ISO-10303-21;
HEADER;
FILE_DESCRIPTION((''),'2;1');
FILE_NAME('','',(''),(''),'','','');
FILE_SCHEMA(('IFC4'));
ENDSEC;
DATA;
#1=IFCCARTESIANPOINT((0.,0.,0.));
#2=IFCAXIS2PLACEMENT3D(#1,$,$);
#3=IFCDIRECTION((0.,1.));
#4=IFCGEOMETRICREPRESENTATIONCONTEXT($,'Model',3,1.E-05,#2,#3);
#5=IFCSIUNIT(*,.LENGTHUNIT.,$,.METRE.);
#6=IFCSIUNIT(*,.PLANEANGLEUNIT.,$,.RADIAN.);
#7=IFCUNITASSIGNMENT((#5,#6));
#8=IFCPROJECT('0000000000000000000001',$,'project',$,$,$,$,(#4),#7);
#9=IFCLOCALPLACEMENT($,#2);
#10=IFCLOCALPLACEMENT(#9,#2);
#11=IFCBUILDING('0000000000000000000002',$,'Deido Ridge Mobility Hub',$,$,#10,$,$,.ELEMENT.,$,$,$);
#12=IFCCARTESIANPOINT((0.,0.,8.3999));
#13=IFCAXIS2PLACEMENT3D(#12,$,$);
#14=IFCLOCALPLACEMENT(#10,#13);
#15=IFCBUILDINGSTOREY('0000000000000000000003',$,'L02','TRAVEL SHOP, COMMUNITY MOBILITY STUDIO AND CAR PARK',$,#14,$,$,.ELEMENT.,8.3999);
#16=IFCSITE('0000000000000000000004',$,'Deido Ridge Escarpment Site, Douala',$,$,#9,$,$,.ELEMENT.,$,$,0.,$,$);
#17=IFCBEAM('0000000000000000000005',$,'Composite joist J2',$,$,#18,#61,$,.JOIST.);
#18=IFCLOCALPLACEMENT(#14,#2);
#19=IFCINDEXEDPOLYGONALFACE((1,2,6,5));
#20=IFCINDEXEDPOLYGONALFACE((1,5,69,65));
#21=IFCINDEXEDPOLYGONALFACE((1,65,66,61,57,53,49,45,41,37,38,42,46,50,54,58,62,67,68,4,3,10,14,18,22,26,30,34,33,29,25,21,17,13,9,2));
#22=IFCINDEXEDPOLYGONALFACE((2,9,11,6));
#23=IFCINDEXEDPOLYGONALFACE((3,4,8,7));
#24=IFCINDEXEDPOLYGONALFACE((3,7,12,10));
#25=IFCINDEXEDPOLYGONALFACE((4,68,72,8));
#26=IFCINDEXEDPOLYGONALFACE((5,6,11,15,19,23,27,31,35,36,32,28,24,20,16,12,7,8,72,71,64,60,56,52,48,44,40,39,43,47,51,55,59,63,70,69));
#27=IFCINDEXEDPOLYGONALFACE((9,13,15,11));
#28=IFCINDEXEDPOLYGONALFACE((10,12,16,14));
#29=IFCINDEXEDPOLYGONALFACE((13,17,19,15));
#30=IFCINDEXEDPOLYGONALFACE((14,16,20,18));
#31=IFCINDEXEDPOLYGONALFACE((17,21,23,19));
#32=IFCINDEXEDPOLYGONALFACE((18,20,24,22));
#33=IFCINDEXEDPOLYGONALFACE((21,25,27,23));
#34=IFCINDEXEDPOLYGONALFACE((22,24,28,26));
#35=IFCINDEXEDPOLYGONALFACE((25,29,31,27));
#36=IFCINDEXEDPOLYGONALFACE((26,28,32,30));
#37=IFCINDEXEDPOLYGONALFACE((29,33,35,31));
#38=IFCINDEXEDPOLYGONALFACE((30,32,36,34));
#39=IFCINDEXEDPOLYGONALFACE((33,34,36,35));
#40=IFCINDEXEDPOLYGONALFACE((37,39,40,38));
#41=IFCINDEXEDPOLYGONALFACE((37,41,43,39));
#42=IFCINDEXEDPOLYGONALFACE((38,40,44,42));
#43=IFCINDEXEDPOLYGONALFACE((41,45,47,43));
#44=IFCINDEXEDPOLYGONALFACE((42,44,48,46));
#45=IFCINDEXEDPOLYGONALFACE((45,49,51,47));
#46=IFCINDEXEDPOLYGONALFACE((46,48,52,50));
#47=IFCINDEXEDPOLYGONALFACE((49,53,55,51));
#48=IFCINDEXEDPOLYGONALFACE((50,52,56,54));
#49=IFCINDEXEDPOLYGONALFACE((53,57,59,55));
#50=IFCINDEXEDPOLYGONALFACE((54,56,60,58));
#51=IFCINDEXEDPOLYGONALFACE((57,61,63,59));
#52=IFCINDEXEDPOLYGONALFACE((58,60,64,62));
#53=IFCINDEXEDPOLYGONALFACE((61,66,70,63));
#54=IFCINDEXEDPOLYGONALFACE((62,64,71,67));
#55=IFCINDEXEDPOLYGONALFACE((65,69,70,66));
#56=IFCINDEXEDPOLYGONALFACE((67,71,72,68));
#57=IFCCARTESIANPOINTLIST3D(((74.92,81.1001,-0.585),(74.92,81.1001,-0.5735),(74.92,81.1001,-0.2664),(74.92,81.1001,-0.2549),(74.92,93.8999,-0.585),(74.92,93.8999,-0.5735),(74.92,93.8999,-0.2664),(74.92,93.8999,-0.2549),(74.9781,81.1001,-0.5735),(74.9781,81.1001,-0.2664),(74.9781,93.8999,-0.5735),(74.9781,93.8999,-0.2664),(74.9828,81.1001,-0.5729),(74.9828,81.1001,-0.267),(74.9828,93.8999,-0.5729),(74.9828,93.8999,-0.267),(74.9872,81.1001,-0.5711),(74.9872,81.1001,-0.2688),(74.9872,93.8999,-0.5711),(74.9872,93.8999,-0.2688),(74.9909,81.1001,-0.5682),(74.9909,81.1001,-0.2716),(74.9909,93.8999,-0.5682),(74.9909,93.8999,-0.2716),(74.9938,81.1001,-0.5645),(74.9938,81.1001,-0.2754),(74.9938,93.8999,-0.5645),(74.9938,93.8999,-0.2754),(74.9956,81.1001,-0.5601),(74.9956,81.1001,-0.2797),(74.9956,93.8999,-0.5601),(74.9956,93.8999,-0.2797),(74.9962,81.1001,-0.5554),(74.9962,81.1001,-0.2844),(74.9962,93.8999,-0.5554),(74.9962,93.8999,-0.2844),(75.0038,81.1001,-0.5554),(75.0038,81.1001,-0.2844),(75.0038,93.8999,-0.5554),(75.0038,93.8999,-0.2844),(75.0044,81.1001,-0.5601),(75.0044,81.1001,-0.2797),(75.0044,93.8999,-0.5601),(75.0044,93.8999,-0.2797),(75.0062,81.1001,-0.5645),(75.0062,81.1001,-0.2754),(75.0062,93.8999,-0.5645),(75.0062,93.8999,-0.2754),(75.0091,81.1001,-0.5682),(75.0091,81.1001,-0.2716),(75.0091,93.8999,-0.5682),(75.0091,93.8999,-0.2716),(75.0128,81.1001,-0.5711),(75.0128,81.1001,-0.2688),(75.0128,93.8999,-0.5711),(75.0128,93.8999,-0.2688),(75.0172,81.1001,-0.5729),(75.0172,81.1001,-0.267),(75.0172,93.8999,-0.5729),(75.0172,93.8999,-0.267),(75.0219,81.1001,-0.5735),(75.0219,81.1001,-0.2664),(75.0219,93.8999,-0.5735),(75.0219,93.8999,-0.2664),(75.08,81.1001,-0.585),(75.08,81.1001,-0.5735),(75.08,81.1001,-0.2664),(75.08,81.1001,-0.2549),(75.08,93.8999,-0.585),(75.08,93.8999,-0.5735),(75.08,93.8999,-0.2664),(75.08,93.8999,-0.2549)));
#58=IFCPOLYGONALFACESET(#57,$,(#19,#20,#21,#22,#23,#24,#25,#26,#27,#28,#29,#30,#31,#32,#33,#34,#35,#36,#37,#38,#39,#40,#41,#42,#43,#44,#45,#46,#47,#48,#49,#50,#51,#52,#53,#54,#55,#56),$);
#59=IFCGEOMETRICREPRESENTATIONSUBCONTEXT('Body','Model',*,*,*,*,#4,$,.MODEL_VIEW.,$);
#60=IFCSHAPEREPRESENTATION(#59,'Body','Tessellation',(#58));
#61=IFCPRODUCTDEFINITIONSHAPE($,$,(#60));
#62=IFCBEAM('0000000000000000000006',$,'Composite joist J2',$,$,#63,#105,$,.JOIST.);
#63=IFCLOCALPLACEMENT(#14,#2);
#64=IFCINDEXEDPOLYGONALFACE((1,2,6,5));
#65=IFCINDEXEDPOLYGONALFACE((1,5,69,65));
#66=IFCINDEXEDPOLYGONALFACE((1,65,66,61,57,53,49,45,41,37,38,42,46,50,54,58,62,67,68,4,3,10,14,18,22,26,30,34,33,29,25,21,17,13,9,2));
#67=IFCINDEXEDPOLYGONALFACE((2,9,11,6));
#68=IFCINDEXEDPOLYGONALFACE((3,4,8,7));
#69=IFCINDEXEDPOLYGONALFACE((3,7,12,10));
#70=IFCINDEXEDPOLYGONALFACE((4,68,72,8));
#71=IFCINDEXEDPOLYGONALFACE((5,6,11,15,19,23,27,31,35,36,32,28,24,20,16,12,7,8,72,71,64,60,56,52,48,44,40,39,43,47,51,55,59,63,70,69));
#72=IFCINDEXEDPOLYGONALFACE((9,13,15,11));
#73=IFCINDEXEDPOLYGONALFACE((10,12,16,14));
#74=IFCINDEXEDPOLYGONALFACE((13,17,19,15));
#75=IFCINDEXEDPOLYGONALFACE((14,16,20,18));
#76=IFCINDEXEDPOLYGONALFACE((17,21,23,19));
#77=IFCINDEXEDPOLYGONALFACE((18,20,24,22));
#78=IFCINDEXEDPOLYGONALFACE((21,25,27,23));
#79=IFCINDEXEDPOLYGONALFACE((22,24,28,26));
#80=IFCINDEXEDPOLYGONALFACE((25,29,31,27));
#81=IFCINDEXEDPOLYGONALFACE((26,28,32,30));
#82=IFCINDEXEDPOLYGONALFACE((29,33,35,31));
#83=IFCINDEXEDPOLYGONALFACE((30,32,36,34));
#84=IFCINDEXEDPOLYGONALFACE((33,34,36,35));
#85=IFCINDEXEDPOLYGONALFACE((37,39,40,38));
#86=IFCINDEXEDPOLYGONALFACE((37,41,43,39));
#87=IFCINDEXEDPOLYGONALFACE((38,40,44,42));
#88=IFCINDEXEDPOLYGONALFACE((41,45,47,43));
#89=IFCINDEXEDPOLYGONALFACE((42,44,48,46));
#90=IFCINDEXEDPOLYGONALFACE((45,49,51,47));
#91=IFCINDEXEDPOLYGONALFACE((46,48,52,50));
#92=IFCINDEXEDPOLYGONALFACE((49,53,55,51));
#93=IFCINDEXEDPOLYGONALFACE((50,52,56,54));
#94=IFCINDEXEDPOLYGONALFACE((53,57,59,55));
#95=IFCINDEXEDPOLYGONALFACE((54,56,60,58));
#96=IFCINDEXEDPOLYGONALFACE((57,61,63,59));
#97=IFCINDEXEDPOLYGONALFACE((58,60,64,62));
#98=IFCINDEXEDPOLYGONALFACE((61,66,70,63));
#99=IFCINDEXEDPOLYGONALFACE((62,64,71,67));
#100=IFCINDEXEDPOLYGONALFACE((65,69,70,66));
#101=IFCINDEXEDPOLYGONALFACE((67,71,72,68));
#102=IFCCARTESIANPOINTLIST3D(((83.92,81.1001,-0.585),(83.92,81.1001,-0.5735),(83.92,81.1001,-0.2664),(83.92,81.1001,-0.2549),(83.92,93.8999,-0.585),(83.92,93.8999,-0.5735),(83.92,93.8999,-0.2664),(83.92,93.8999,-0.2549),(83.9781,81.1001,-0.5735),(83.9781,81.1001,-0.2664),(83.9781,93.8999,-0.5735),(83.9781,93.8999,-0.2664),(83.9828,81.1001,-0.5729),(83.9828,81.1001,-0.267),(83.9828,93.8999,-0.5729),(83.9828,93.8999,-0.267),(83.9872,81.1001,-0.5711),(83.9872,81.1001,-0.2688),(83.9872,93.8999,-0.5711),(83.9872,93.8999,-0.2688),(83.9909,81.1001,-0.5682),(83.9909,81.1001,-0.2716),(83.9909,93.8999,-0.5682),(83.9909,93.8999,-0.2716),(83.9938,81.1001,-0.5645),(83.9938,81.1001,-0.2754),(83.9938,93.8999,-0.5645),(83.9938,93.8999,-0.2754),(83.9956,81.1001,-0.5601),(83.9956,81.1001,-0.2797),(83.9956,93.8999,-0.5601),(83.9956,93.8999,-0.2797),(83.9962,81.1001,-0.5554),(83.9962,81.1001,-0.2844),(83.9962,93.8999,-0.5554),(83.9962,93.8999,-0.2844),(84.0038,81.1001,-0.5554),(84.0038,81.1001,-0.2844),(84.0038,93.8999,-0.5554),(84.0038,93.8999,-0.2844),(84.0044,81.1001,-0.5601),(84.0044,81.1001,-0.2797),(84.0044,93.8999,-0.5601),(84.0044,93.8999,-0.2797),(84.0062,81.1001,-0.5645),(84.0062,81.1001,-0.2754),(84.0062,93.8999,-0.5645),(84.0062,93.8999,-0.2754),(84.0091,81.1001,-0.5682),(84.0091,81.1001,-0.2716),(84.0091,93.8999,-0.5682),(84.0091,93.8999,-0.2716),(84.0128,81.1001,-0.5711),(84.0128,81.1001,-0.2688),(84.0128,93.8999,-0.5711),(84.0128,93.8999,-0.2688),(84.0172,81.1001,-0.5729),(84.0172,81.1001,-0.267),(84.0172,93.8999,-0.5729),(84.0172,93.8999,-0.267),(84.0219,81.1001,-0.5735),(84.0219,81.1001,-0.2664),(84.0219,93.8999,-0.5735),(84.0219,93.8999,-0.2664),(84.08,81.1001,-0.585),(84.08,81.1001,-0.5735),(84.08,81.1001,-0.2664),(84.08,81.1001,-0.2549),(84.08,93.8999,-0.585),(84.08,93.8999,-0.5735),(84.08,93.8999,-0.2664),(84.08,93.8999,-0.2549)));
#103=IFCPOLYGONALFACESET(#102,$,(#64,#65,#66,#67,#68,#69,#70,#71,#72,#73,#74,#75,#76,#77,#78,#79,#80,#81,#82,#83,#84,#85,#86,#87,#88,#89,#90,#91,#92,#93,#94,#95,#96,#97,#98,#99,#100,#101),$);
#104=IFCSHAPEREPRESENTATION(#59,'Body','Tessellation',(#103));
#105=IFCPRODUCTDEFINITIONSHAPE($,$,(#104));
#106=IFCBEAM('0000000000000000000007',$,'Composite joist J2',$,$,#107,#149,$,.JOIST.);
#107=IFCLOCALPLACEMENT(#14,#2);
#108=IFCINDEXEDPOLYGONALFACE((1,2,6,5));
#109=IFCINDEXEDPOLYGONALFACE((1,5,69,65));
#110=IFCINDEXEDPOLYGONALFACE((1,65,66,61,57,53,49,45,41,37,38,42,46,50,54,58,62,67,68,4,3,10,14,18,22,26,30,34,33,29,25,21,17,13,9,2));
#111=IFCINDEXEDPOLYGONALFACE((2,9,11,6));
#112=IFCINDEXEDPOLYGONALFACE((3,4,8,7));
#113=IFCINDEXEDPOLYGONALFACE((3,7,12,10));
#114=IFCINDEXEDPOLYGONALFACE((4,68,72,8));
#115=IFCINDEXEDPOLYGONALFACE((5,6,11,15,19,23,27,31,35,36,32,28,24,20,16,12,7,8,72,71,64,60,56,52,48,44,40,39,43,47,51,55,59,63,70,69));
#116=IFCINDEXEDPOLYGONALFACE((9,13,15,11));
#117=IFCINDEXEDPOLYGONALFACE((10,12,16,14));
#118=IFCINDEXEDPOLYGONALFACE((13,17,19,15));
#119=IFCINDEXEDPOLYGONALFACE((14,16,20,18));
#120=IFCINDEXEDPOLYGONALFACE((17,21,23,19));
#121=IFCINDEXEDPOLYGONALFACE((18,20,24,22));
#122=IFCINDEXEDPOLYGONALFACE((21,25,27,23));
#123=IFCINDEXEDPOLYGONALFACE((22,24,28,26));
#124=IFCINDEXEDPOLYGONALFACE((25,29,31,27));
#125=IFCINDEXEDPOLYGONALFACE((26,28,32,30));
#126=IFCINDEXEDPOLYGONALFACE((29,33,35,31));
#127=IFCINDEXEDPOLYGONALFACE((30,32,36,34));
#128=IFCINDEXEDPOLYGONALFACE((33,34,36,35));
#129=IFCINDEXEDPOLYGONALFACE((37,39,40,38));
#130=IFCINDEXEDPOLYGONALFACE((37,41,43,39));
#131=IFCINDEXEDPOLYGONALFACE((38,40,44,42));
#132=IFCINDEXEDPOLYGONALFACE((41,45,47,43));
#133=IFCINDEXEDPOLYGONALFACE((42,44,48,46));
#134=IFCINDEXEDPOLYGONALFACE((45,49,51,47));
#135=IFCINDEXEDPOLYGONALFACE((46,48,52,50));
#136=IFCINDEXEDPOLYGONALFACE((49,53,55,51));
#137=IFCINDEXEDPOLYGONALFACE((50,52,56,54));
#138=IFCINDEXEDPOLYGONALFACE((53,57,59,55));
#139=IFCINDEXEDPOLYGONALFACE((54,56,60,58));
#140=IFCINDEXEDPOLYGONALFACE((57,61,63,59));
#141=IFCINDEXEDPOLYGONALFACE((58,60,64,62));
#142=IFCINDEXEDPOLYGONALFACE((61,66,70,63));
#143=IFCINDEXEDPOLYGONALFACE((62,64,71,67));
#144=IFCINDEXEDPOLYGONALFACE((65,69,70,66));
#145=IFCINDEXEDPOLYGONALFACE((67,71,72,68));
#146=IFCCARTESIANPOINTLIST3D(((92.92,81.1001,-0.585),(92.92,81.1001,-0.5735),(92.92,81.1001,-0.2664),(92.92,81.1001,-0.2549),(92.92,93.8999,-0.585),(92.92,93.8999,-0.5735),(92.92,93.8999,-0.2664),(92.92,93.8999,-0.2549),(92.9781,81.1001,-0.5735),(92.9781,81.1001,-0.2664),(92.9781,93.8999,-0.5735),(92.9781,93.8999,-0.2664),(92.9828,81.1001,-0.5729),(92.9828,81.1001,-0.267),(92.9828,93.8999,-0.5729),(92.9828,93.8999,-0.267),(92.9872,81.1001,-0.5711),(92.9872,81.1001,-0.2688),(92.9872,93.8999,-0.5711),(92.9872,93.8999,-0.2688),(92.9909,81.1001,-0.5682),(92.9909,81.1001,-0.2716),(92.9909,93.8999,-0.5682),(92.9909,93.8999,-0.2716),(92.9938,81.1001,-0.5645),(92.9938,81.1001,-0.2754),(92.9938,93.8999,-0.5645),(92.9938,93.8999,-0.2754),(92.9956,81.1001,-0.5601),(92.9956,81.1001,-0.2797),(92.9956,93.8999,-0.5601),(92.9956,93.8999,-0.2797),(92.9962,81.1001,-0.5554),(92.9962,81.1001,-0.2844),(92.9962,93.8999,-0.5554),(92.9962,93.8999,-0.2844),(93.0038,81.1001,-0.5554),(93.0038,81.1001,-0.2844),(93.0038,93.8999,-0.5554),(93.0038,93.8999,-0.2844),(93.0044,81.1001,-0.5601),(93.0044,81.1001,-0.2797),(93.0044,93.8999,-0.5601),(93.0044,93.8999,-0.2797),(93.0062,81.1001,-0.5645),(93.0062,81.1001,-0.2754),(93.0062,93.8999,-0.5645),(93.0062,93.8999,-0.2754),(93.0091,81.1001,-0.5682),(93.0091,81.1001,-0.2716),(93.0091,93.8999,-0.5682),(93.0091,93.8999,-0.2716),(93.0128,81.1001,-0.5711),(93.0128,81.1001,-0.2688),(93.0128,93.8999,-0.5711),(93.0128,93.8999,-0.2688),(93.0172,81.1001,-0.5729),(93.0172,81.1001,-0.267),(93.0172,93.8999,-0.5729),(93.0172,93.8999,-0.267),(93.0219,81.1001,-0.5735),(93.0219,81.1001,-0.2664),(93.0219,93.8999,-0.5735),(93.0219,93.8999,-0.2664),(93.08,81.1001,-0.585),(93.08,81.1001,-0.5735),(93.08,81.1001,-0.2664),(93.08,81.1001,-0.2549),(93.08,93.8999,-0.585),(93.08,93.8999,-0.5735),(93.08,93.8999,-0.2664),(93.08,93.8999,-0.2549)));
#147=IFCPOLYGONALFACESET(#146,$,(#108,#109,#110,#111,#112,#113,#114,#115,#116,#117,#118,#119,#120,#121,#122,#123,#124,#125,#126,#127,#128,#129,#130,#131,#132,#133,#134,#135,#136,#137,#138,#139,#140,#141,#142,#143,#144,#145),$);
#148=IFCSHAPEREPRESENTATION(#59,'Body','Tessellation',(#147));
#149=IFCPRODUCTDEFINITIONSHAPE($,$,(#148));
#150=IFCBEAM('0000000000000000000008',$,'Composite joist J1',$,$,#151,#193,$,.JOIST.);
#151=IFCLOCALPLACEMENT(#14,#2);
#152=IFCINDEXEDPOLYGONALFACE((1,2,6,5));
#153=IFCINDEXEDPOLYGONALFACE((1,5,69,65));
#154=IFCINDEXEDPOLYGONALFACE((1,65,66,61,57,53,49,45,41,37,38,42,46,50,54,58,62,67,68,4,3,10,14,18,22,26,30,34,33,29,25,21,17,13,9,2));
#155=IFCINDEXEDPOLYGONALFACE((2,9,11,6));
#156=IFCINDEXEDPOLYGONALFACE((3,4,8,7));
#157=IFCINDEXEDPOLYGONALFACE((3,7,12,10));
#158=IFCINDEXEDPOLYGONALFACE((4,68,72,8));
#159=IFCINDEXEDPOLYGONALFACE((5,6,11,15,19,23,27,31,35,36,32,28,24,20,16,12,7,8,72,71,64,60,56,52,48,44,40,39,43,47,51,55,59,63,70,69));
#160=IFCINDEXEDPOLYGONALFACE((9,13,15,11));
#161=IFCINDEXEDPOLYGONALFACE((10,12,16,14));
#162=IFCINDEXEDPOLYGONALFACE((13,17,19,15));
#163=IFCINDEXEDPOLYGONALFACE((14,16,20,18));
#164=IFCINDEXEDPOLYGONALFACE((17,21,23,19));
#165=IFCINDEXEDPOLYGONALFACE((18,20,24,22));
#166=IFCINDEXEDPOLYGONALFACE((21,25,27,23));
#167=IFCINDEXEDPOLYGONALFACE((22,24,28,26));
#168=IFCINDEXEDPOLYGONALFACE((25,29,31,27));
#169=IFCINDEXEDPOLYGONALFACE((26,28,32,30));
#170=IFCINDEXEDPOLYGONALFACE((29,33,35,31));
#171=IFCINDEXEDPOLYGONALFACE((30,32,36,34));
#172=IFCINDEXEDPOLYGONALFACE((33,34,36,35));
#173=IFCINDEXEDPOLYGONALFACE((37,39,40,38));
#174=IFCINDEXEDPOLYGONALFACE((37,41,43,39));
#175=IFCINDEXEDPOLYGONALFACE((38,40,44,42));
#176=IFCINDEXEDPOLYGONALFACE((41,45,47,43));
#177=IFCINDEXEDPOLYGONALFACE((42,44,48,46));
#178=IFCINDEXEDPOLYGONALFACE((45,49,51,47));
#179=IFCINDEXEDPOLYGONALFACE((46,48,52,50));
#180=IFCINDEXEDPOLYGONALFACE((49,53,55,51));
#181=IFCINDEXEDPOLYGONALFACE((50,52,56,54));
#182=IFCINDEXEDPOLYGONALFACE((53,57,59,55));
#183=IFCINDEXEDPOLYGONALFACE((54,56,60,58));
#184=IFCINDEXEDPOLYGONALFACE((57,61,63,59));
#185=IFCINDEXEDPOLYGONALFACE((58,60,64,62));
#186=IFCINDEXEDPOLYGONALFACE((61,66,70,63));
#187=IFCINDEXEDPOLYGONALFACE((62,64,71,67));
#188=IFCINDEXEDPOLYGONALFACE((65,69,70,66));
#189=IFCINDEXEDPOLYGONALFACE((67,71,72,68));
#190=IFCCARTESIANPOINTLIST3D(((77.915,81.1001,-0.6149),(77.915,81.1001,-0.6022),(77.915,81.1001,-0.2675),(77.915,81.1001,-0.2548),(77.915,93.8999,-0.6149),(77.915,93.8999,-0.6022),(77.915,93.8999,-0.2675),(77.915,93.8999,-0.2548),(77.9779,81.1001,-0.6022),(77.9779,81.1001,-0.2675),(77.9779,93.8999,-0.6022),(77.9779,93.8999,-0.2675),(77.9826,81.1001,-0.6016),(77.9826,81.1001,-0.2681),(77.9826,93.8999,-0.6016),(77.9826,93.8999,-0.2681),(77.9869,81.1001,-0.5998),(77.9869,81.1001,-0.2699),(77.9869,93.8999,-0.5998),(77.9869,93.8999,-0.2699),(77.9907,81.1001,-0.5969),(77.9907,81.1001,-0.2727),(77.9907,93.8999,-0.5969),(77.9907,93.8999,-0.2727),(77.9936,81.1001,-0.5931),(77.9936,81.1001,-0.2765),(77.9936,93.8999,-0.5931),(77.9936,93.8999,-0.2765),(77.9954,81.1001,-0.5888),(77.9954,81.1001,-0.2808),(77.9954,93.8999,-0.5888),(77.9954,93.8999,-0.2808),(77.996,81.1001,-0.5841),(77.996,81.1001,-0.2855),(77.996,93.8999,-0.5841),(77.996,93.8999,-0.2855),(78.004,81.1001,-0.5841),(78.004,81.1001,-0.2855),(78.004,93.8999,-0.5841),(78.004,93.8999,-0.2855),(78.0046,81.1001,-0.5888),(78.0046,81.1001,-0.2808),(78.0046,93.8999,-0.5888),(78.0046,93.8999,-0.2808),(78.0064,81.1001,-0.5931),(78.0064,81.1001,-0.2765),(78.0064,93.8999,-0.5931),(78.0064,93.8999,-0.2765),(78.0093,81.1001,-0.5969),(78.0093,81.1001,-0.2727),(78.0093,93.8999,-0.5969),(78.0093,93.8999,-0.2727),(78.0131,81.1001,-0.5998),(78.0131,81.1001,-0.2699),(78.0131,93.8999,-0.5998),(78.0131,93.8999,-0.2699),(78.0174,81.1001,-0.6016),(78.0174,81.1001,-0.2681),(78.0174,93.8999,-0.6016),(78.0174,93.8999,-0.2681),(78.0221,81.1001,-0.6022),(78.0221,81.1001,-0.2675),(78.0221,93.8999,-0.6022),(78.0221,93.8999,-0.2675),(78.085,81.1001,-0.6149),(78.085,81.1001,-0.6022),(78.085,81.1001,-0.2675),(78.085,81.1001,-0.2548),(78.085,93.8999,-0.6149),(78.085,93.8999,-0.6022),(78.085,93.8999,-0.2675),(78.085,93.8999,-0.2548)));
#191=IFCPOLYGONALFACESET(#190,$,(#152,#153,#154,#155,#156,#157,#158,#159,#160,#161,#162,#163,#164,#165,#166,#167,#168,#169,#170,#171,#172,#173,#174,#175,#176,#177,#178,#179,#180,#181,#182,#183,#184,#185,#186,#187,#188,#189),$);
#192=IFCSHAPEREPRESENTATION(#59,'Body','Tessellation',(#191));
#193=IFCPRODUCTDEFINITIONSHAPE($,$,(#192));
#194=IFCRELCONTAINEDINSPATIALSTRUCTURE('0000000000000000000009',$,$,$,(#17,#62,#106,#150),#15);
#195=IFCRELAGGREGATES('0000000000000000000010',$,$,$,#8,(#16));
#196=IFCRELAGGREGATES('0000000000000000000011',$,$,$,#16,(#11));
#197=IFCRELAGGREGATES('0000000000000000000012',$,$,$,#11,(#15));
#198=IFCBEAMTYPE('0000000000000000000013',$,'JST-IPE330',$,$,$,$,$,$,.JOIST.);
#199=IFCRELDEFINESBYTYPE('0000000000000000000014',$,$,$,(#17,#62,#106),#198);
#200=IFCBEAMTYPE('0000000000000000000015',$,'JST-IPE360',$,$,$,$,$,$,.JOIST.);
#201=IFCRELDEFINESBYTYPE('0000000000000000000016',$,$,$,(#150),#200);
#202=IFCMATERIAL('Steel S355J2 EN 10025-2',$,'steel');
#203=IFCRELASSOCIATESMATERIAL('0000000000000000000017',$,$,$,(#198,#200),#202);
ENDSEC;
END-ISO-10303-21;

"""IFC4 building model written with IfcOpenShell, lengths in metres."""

from ifc_helpers import new_model, si_unit, direction, frame, origin, origin_2d, place, context, subcontext, project, spatial, i_section, extrude, material, material_profile, profile_set, type_object, element, save


model = new_model("IFC4")

# Units and contexts
model_context = context("Model", 3, precision=1e-05, world=origin(), true_north=direction((0.0, 1.0)))
body_context = subcontext(model_context, "Body", "Model", "MODEL_VIEW")
ifc_project = project(units=[si_unit("LENGTHUNIT", "METRE"), si_unit("PLANEANGLEUNIT", "RADIAN")], contexts=[model_context])

# Site, building, storey
site_placement = place(None, origin())
site = spatial("IfcSite", under=ifc_project, at=site_placement, Name="Deido Ridge Escarpment Site, Douala", CompositionType="ELEMENT", RefElevation=0.0)
building_placement = place(site_placement, origin())
building = spatial("IfcBuilding", under=site, at=building_placement, Name="Deido Ridge Mobility Hub", CompositionType="ELEMENT")
storey_placement = place(building_placement, frame((0.0, 0.0, 8.3999)))
storey = spatial("IfcBuildingStorey", under=building, at=storey_placement, Name="L02", Description="TRAVEL SHOP, COMMUNITY MOBILITY STUDIO AND CAR PARK", CompositionType="ELEMENT", Elevation=8.3999)

# Shared definitions
ifc_material_1 = material(Name="Steel S355J2 EN 10025-2", Category="steel")

# Beams
ifc_material_profile_1 = material_profile(ifc_material_1, i_section(OverallWidth=0.1599, OverallDepth=0.3301, WebThickness=0.0076, FlangeThickness=0.0115, FilletRadius=0.0181, at=origin_2d()), Name="IPE 330")
ifc_profile_set_1 = profile_set([ifc_material_profile_1], Name="Steel S355J2 EN 10025-2")
beam_type_1 = type_object("IfcBeamType", Name="JST-IPE330", PredefinedType="JOIST", material=ifc_profile_set_1)
for number, where, z_axis, x_axis, name in (
    (1, (75.0, 81.1001, -0.4199), (0.0, 1.0, 0.0), (-1.0, 0.0, 0.0), "Composite joist J2"),
    (2, (84.0, 81.1001, -0.4199), (0.0, 1.0, 0.0), (-1.0, 0.0, 0.0), "Composite joist J2"),
    (3, (93.0, 81.1001, -0.4199), (0.0, 1.0, 0.0), (-1.0, 0.0, 0.0), "Composite joist J2"),
):
    element("IfcBeam", number, at=place(storey_placement, frame(where, z_axis=z_axis, x_axis=x_axis)), inside=storey, type_object=beam_type_1, Name=name, PredefinedType="JOIST", context=body_context, shape_type="SweptSolid", body=[
        extrude(i_section(OverallWidth=0.1599, OverallDepth=0.3301, WebThickness=0.0076, FlangeThickness=0.0115, FilletRadius=0.0181, at=origin_2d()), origin(), (0.0, 0.0, 1.0), 12.7998),
    ])
ifc_material_profile_2 = material_profile(ifc_material_1, i_section(OverallWidth=0.1699, OverallDepth=0.3601, WebThickness=0.0081, FlangeThickness=0.0127, FilletRadius=0.0181, at=origin_2d()), Name="IPE 360")
ifc_profile_set_2 = profile_set([ifc_material_profile_2], Name="Steel S355J2 EN 10025-2")
beam_type_2 = type_object("IfcBeamType", Name="JST-IPE360", PredefinedType="JOIST", material=ifc_profile_set_2)
for number, where, z_axis, x_axis, name in (
    (4, (78.0, 81.1001, -0.4348), (0.0, 1.0, 0.0), (-1.0, 0.0, 0.0), "Composite joist J1"),
):
    element("IfcBeam", number, at=place(storey_placement, frame(where, z_axis=z_axis, x_axis=x_axis)), inside=storey, type_object=beam_type_2, Name=name, PredefinedType="JOIST", context=body_context, shape_type="SweptSolid", body=[
        extrude(i_section(OverallWidth=0.1699, OverallDepth=0.3601, WebThickness=0.0081, FlangeThickness=0.0127, FilletRadius=0.0181, at=origin_2d()), origin(), (0.0, 0.0, 1.0), 12.7998),
    ])

save(model, "model.ifc")
